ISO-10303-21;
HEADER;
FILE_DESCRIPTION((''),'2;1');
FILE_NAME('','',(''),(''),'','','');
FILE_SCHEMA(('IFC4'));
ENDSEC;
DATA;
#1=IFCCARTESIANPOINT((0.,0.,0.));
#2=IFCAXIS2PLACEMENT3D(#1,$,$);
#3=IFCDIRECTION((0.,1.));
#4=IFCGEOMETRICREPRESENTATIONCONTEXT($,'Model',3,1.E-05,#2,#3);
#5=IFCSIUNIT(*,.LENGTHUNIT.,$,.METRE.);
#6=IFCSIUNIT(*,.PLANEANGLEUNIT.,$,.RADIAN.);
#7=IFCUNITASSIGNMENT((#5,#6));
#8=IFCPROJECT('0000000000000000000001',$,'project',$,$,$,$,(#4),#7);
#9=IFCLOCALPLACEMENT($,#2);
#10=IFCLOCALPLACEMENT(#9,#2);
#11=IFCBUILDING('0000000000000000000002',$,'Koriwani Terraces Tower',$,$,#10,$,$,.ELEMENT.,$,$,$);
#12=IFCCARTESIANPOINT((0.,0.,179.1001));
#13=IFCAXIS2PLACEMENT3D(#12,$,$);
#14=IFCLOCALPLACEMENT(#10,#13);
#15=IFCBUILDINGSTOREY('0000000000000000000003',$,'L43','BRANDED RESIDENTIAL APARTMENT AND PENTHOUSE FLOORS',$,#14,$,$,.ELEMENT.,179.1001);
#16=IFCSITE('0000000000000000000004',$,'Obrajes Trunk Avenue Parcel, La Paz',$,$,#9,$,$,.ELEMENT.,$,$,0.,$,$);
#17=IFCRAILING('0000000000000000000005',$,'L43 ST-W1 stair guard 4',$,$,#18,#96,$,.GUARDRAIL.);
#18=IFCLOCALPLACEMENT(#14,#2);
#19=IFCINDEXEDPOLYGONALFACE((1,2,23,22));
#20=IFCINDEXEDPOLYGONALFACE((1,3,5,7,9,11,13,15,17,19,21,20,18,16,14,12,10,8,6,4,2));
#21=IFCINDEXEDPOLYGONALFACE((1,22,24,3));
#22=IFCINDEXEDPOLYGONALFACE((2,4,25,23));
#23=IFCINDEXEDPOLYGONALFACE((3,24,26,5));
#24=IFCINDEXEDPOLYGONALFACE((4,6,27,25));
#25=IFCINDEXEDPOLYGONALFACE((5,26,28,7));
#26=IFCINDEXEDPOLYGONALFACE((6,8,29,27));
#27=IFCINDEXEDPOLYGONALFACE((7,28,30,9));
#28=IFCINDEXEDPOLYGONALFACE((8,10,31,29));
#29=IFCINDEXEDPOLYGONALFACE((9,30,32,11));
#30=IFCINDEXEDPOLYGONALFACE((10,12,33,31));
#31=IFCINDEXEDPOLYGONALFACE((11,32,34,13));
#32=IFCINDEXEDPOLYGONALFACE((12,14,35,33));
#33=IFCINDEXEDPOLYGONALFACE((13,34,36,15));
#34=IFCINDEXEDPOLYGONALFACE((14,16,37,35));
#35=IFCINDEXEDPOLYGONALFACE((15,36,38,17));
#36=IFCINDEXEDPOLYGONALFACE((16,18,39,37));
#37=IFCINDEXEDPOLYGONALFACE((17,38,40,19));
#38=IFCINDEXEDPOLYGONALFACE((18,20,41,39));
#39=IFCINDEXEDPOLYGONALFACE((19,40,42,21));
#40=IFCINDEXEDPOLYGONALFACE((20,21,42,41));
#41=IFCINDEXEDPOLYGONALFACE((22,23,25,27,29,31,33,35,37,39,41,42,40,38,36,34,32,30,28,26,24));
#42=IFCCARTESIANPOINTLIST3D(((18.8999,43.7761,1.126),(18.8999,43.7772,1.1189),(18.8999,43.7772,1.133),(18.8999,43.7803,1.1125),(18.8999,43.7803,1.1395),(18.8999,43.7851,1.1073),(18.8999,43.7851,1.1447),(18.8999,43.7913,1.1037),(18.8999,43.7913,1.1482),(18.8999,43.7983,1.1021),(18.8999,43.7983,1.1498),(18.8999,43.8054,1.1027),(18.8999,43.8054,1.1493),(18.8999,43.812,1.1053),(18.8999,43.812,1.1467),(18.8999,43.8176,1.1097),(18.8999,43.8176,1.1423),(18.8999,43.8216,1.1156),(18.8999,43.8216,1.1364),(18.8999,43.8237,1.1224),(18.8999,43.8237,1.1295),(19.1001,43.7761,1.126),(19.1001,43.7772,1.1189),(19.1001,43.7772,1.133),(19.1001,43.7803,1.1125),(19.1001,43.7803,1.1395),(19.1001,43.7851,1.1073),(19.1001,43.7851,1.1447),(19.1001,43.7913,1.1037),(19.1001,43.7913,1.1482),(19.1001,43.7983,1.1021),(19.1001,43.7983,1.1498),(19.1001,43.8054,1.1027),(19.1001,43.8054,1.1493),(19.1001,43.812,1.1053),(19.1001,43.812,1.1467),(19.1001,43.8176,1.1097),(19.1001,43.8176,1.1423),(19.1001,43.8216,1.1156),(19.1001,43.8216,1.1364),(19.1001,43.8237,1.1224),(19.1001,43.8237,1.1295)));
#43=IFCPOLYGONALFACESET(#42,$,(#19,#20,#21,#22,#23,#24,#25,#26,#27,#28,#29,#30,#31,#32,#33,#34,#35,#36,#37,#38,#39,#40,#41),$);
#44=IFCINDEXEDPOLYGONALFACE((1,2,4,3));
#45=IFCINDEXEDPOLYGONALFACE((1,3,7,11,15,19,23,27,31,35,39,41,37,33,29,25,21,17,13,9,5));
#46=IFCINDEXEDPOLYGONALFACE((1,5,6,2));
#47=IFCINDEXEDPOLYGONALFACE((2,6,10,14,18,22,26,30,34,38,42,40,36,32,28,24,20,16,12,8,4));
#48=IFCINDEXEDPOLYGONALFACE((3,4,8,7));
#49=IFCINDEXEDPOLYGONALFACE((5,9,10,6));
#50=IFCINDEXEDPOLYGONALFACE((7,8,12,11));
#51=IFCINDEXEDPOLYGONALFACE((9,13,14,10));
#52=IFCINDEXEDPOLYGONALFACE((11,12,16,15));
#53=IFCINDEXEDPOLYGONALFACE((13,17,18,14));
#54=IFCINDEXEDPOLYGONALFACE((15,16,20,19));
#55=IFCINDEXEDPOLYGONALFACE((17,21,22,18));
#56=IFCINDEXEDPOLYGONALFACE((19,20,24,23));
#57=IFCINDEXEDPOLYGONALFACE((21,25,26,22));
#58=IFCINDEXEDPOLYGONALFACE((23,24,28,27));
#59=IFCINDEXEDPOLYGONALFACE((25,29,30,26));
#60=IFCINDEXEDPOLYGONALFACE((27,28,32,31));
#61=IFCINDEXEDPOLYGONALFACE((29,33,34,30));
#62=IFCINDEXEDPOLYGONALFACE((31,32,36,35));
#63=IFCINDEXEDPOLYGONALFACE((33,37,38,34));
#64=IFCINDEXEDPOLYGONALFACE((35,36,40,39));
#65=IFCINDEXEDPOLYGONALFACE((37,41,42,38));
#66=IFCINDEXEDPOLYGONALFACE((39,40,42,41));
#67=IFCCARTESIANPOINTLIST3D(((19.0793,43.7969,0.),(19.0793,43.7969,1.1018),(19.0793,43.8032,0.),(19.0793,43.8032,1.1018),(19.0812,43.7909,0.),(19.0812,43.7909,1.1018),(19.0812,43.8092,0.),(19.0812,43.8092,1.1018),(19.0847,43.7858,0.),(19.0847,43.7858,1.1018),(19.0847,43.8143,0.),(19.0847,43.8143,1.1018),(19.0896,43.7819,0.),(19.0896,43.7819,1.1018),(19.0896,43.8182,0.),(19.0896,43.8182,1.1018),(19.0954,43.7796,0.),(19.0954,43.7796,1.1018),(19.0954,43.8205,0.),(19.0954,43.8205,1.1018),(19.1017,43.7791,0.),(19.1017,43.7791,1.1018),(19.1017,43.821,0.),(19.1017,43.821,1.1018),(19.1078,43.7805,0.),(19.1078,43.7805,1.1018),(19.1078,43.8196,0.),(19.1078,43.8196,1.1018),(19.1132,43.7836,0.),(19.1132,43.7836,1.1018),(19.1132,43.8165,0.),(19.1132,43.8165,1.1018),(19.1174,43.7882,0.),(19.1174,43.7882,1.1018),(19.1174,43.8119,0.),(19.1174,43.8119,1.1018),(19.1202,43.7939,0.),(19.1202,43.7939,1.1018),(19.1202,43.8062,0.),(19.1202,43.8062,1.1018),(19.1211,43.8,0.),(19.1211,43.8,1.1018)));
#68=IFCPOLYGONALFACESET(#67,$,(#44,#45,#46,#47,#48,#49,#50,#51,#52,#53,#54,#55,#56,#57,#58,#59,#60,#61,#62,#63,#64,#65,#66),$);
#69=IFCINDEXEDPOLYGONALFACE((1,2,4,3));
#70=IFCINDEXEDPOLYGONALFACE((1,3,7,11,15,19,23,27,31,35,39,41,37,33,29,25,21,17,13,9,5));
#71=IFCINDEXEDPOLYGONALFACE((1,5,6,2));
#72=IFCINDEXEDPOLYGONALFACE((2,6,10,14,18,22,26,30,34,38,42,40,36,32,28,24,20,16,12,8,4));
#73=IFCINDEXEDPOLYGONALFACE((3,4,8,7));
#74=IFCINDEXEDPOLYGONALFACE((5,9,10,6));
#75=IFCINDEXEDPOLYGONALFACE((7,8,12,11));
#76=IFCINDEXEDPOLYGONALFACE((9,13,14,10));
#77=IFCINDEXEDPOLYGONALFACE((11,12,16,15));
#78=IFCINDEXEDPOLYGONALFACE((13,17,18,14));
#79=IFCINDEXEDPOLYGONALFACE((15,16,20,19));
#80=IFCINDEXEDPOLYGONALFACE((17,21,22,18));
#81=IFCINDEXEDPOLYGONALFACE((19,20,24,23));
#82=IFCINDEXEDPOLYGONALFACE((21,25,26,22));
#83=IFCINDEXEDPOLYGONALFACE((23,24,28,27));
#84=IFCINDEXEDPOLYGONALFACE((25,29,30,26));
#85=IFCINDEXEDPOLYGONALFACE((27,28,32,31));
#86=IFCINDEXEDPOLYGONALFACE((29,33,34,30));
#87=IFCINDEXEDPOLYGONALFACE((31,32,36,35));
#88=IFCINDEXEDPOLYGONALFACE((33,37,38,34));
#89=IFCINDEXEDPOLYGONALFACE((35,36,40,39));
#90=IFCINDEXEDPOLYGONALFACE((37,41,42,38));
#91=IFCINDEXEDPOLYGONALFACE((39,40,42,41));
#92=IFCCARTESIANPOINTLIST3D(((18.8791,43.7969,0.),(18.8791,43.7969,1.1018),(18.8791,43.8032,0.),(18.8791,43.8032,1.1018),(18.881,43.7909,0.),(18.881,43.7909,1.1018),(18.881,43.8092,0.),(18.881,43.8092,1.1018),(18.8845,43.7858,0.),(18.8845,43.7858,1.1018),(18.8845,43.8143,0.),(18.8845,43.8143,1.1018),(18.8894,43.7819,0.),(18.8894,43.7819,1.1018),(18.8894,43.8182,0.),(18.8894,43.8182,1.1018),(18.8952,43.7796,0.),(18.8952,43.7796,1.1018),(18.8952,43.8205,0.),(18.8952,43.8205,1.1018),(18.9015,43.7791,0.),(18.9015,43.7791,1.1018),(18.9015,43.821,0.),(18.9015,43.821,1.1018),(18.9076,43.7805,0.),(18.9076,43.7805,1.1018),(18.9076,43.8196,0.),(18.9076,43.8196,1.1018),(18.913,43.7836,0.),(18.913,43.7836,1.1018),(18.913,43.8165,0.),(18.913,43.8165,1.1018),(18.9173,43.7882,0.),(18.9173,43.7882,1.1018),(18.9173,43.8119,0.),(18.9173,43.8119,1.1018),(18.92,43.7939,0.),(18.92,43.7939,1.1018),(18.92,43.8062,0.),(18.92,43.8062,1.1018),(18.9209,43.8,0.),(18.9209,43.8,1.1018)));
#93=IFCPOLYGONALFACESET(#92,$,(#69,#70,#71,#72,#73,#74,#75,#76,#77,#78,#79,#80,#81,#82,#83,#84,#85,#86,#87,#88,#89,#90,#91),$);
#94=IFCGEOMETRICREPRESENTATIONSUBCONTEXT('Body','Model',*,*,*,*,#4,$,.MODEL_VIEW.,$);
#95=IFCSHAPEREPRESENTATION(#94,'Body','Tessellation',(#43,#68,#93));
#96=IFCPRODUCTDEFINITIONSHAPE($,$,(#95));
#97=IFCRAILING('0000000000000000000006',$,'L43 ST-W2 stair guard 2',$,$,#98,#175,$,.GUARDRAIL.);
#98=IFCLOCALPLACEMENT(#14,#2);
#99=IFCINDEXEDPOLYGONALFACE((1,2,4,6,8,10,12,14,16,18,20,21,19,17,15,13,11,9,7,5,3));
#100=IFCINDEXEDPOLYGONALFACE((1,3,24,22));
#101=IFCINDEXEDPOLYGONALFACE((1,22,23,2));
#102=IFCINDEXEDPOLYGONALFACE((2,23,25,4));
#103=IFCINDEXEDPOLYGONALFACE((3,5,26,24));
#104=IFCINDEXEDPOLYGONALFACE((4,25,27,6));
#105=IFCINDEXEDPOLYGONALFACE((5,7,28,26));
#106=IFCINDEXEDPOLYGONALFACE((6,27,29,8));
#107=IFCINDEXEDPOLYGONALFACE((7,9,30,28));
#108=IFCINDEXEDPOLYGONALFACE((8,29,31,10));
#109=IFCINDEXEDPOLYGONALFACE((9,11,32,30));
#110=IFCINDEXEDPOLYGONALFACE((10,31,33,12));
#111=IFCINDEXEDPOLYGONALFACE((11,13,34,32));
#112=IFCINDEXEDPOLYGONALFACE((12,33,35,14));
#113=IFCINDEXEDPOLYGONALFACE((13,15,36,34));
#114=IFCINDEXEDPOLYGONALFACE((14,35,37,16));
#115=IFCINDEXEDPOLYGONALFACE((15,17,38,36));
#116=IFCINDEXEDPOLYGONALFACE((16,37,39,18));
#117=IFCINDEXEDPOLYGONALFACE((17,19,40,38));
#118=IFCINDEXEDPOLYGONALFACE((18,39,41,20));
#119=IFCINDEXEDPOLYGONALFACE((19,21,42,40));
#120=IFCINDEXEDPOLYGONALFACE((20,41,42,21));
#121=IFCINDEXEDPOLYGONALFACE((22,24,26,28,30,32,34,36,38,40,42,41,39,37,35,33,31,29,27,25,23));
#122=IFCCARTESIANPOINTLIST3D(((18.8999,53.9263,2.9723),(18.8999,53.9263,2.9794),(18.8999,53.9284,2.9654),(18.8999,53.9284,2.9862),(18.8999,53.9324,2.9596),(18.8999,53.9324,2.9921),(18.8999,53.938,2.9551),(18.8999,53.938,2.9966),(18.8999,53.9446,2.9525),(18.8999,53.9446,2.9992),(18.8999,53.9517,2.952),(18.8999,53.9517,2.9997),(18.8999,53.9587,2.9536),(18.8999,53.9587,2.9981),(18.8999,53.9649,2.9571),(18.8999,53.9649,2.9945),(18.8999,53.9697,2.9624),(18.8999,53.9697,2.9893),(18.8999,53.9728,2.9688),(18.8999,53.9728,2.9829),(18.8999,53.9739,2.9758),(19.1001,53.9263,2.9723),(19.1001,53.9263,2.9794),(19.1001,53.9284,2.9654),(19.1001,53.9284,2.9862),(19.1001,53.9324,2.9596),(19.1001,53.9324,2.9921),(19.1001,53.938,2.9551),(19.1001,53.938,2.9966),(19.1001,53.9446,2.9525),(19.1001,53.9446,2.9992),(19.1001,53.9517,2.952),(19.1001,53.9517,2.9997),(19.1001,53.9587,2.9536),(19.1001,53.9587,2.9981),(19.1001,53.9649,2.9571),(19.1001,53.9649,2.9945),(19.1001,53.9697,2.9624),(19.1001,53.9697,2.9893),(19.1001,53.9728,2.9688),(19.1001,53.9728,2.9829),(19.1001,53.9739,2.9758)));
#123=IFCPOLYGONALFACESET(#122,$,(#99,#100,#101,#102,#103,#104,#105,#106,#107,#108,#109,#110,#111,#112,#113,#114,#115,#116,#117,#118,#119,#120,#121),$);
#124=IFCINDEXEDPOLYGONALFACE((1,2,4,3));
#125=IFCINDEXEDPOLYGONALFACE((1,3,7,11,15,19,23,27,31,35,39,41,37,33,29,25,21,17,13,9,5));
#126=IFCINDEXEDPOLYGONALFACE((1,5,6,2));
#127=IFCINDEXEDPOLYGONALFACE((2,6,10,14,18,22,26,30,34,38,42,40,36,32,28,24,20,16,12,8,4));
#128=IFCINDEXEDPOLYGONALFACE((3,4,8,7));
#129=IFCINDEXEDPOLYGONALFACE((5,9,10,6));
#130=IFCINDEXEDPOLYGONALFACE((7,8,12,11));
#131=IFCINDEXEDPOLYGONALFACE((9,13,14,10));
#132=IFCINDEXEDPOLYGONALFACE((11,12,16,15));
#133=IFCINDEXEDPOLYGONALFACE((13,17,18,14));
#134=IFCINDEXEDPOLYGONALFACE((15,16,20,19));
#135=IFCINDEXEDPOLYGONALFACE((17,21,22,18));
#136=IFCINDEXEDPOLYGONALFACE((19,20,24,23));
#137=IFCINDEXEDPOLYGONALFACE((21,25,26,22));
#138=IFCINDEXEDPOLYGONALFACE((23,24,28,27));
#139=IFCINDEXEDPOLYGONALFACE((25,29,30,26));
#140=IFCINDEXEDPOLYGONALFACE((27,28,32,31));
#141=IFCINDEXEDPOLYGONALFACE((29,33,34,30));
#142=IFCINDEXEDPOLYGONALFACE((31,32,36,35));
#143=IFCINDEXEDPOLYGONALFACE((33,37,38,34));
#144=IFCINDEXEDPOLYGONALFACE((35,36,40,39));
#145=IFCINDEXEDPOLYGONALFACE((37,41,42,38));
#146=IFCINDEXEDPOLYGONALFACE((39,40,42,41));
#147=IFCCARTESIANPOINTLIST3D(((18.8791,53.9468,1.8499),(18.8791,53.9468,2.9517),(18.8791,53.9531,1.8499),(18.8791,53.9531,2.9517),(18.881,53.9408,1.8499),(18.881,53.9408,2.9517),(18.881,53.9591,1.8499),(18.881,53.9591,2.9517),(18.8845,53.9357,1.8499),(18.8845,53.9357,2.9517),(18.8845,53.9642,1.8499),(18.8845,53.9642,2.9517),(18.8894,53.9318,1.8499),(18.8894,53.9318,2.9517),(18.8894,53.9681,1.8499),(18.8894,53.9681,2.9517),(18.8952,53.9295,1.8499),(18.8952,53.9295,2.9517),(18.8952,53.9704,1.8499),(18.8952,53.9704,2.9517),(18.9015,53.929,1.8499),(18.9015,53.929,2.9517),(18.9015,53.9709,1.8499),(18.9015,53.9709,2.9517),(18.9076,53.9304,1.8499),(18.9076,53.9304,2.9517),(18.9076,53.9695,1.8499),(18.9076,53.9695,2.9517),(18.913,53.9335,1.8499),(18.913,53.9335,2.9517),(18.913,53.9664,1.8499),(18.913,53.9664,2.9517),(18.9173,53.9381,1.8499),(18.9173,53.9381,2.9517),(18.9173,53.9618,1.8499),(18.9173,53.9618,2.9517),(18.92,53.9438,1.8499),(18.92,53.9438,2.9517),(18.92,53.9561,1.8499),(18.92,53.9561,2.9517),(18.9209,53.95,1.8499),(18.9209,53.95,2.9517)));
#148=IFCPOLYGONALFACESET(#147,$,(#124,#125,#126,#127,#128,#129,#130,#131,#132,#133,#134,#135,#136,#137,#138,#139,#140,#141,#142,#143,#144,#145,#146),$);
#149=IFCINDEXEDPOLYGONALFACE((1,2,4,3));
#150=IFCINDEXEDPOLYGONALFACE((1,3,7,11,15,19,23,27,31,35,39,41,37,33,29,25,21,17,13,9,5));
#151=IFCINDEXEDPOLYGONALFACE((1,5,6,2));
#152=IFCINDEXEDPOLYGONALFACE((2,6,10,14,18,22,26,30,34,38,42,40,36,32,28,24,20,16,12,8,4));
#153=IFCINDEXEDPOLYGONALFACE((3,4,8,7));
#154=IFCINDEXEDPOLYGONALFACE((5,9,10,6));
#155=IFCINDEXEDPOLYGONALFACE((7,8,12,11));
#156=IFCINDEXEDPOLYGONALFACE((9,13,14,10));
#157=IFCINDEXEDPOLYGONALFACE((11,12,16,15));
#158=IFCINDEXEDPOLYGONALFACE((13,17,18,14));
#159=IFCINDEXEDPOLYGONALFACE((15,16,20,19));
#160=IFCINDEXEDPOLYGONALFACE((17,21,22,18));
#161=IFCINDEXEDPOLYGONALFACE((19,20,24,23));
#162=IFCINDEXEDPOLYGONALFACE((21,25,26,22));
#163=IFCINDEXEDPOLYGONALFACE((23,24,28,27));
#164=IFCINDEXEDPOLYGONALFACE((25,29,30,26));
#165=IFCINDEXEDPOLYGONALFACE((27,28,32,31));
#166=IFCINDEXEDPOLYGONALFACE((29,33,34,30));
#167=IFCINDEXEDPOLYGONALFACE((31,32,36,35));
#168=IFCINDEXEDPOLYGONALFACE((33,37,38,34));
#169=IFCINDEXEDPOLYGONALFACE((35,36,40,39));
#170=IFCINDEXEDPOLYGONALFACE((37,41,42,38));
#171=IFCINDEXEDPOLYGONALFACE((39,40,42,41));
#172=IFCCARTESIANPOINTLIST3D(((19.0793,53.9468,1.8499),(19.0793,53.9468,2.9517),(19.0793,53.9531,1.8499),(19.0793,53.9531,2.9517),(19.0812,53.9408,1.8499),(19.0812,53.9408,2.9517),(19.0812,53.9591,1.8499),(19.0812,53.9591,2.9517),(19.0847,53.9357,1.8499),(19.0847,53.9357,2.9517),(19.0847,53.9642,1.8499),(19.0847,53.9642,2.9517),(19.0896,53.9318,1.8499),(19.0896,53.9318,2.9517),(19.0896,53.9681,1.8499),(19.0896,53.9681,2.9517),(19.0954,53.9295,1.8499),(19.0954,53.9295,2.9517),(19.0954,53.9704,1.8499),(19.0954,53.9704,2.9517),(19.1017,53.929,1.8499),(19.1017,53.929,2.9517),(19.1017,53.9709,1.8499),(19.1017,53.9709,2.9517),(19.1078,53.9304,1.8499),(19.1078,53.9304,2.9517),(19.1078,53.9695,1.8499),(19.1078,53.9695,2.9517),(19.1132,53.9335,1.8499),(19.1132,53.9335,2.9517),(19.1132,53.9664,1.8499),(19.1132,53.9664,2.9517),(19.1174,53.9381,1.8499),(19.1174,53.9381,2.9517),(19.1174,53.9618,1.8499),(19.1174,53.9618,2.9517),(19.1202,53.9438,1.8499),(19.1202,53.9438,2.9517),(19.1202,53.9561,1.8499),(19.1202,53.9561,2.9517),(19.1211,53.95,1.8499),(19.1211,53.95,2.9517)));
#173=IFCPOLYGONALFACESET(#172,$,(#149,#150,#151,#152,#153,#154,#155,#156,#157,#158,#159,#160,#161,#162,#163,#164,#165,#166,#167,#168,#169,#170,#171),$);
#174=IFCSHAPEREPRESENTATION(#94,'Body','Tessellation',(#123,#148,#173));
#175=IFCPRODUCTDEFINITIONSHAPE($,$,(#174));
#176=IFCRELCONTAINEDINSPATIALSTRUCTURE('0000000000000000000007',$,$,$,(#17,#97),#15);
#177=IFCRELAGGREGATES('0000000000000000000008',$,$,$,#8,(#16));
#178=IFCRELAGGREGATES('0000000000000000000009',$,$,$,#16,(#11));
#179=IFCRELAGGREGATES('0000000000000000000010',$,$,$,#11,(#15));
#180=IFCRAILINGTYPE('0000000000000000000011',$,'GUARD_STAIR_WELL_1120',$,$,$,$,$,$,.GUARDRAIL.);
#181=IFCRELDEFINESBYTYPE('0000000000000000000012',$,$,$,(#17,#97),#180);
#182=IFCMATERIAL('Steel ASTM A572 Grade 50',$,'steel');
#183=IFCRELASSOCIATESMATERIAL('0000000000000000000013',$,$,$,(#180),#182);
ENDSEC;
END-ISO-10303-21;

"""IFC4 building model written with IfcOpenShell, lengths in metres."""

from ifc_helpers import new_model, si_unit, direction, frame, origin, origin_2d, place, context, subcontext, project, spatial, circle, extrude, material, type_object, element, save


model = new_model("IFC4")

# Units and contexts
model_context = context("Model", 3, precision=1e-05, world=origin(), true_north=direction((0.0, 1.0)))
body_context = subcontext(model_context, "Body", "Model", "MODEL_VIEW")
ifc_project = project(units=[si_unit("LENGTHUNIT", "METRE"), si_unit("PLANEANGLEUNIT", "RADIAN")], contexts=[model_context])

# Site, building, storey
site_placement = place(None, origin())
site = spatial("IfcSite", under=ifc_project, at=site_placement, Name="Obrajes Trunk Avenue Parcel, La Paz", CompositionType="ELEMENT", RefElevation=0.0)
building_placement = place(site_placement, origin())
building = spatial("IfcBuilding", under=site, at=building_placement, Name="Koriwani Terraces Tower", CompositionType="ELEMENT")
storey_placement = place(building_placement, frame((0.0, 0.0, 179.1001)))
storey = spatial("IfcBuildingStorey", under=building, at=storey_placement, Name="L43", Description="BRANDED RESIDENTIAL APARTMENT AND PENTHOUSE FLOORS", CompositionType="ELEMENT", Elevation=179.1001)

# Shared definitions
ifc_material_1 = material(Name="Steel ASTM A572 Grade 50", Category="steel")

# Railings
railing_type_1 = type_object("IfcRailingType", Name="GUARD_STAIR_WELL_1120", PredefinedType="GUARDRAIL", material=ifc_material_1)
railing_1_placement = place(storey_placement, frame((19.1001, 43.8, 0.0)))
element("IfcRailing", 1, at=railing_1_placement, inside=storey, type_object=railing_type_1, Name="L43 ST-W1 stair guard 4", PredefinedType="GUARDRAIL", context=body_context, shape_type="SweptSolid", body=[
    extrude(circle(Radius=0.0239, at=origin_2d()), frame((0.0, 0.0, 1.126), z_axis=(-1.0, 0.0, 0.0), x_axis=(0.0, -1.0, 0.0)), (0.0, 0.0, 1.0), 0.2002),
    extrude(circle(Radius=0.021, at=origin_2d()), origin(), (0.0, 0.0, 1.0), 1.1018),
    extrude(circle(Radius=0.021, at=origin_2d()), frame((-0.2002, 0.0, 0.0)), (0.0, 0.0, 1.0), 1.1018),
])
railing_2_placement = place(storey_placement, frame((18.8999, 53.95, 1.8499)))
element("IfcRailing", 2, at=railing_2_placement, inside=storey, type_object=railing_type_1, Name="L43 ST-W2 stair guard 2", PredefinedType="GUARDRAIL", context=body_context, shape_type="SweptSolid", body=[
    extrude(circle(Radius=0.0239, at=origin_2d()), frame((0.0, 0.0, 1.126), z_axis=(1.0, 0.0, 0.0), x_axis=(0.0, 1.0, 0.0)), (0.0, 0.0, 1.0), 0.2002),
    extrude(circle(Radius=0.021, at=origin_2d()), origin(), (0.0, 0.0, 1.0), 1.1018),
    extrude(circle(Radius=0.021, at=origin_2d()), frame((0.2002, 0.0, 0.0)), (0.0, 0.0, 1.0), 1.1018),
])

save(model, "model.ifc")
